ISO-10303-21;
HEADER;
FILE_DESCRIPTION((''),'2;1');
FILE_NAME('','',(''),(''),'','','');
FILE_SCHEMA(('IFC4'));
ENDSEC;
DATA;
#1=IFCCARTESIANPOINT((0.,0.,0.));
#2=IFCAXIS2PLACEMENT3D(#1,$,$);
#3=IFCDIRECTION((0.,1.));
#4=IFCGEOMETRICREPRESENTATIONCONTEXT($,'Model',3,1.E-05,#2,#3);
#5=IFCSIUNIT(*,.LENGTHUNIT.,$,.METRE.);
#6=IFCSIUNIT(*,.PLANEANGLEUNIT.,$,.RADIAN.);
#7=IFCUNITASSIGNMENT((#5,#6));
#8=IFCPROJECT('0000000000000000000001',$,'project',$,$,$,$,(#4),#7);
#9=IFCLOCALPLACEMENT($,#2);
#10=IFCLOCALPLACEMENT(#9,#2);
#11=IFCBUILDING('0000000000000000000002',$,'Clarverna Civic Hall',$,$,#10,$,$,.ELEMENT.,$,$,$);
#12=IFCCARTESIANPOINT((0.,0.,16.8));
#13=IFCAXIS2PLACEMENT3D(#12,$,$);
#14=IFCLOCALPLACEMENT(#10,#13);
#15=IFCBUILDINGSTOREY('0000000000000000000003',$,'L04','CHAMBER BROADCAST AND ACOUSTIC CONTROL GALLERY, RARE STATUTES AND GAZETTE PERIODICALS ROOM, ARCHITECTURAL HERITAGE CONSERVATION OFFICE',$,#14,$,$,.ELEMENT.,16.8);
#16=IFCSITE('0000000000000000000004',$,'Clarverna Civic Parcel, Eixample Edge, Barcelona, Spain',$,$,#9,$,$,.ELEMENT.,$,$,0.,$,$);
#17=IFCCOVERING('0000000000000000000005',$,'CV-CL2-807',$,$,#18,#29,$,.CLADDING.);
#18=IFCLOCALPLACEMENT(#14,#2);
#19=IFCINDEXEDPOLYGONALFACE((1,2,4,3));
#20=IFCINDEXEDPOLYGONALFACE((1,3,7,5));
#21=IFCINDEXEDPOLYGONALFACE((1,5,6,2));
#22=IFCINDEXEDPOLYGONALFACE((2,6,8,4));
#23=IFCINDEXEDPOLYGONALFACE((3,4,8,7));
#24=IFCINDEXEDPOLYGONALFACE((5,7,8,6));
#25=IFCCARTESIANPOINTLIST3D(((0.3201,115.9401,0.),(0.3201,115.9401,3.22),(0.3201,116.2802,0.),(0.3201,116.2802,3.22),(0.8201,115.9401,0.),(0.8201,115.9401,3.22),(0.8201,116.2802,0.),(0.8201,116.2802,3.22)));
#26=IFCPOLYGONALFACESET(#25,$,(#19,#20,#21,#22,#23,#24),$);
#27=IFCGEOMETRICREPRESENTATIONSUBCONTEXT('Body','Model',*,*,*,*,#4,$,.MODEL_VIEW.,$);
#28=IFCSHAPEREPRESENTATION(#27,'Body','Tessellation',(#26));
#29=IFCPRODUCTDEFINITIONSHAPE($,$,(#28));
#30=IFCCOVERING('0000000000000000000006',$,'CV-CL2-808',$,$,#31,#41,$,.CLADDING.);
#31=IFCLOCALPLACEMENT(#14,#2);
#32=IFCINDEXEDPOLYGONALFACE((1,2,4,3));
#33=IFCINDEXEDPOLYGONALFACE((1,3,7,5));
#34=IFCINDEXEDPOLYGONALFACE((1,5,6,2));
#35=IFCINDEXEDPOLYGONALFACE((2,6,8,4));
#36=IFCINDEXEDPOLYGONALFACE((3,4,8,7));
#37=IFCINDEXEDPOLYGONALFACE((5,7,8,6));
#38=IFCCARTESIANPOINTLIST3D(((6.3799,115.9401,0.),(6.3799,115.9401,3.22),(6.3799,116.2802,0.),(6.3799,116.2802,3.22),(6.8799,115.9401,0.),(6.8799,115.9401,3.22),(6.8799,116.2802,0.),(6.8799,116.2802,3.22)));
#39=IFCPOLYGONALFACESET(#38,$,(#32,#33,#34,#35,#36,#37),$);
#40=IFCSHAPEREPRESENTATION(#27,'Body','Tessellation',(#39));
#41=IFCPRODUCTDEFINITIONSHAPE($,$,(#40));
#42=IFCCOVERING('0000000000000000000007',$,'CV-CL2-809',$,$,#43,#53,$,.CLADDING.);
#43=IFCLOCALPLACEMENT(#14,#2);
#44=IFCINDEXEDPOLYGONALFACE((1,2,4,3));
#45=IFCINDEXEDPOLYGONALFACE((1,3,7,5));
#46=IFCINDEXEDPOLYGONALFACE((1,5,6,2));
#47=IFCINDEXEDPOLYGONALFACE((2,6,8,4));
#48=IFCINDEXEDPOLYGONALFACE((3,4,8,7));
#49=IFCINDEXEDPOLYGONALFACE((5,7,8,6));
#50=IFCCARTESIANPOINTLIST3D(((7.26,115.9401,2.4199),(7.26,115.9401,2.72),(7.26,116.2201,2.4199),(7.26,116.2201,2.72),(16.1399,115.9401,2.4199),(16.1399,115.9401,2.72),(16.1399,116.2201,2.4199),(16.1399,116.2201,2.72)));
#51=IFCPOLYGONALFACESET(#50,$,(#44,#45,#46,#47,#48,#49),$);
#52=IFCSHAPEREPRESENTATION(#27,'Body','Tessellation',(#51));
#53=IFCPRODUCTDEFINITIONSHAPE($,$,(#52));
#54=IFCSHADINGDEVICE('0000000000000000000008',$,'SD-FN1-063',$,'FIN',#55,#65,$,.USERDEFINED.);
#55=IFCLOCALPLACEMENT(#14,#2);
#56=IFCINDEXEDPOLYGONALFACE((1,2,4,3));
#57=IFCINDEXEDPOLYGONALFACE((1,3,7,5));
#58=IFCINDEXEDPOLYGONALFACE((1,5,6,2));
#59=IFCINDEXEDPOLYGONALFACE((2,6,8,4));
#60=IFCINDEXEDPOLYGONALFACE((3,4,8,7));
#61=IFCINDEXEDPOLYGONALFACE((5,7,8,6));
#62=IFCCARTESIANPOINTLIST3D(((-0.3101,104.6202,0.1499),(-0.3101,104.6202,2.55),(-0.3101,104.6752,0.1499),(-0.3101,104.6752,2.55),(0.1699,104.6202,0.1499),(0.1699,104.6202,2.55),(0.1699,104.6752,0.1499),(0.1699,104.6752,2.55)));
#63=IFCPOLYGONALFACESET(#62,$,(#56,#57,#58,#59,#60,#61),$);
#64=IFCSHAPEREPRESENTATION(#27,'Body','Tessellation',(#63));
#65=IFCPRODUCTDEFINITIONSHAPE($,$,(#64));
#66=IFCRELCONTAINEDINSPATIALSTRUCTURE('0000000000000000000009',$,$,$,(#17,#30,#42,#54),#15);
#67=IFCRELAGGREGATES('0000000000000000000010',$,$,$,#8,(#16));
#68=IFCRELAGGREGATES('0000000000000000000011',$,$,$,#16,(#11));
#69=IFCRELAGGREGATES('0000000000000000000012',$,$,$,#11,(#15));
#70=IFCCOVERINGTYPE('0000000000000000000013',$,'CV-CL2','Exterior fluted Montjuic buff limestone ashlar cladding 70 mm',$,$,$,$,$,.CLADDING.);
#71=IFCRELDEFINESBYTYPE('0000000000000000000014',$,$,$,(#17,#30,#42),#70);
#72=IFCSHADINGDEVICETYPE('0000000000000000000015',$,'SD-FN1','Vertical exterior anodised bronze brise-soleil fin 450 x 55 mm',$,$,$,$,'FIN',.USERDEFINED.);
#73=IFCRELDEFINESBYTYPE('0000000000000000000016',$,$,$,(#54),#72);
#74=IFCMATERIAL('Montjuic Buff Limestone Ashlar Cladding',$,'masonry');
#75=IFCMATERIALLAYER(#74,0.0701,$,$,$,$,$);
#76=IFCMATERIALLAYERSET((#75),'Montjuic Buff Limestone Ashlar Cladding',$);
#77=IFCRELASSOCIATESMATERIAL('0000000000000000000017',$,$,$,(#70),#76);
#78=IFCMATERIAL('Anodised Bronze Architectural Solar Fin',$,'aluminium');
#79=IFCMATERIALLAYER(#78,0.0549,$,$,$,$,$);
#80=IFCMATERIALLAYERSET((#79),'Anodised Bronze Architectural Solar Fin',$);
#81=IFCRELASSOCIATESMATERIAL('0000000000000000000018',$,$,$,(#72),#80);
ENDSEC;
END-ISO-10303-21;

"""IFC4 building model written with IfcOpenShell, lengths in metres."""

from ifc_helpers import new_model, si_unit, direction, frame, frame_2d, origin, place, context, subcontext, project, spatial, rectangle, extrude, material, layer, layer_set, type_object, element, save


model = new_model("IFC4")

# Units and contexts
model_context = context("Model", 3, precision=1e-05, world=origin(), true_north=direction((0.0, 1.0)))
body_context = subcontext(model_context, "Body", "Model", "MODEL_VIEW")
ifc_project = project(units=[si_unit("LENGTHUNIT", "METRE"), si_unit("PLANEANGLEUNIT", "RADIAN")], contexts=[model_context])

# Site, building, storey
site_placement = place(None, origin())
site = spatial("IfcSite", under=ifc_project, at=site_placement, Name="Clarverna Civic Parcel, Eixample Edge, Barcelona, Spain", CompositionType="ELEMENT", RefElevation=0.0)
building_placement = place(site_placement, origin())
building = spatial("IfcBuilding", under=site, at=building_placement, Name="Clarverna Civic Hall", CompositionType="ELEMENT")
storey_placement = place(building_placement, frame((0.0, 0.0, 16.8)))
storey = spatial("IfcBuildingStorey", under=building, at=storey_placement, Name="L04", Description="CHAMBER BROADCAST AND ACOUSTIC CONTROL GALLERY, RARE STATUTES AND GAZETTE PERIODICALS ROOM, ARCHITECTURAL HERITAGE CONSERVATION OFFICE", CompositionType="ELEMENT", Elevation=16.8)

# Coverings
ifc_material_1 = material(Name="Montjuic Buff Limestone Ashlar Cladding", Category="masonry")
ifc_layer_1 = layer(ifc_material_1, 0.0701)
ifc_layer_set_1 = layer_set([ifc_layer_1], Name="Montjuic Buff Limestone Ashlar Cladding")
covering_type = type_object("IfcCoveringType", Name="CV-CL2", Description="Exterior fluted Montjuic buff limestone ashlar cladding 70 mm", PredefinedType="CLADDING", material=ifc_layer_set_1)
for number, where, z_axis, x_axis, name in (
    (1, (0.3201, 116.1101, 0.0), (0.0, 0.0, 1.0), (1.0, 0.0, 0.0), "CV-CL2-807"),
    (2, (6.3799, 116.1101, 0.0), (0.0, 0.0, 1.0), (1.0, 0.0, 0.0), "CV-CL2-808"),
):
    element("IfcCovering", number, at=place(storey_placement, frame(where, z_axis=z_axis, x_axis=x_axis)), inside=storey, type_object=covering_type, Name=name, PredefinedType="CLADDING", context=body_context, shape_type="SweptSolid", body=[
        extrude(rectangle(XDim=0.5, YDim=0.3401, at=frame_2d((0.25, 0.0))), origin(), (0.0, 0.0, 1.0), 3.22),
    ])
covering_placement = place(storey_placement, frame((7.26, 116.0801, 2.4199), z_axis=(0.0, 0.0, 1.0), x_axis=(1.0, 0.0, 0.0)))
element("IfcCovering", 3, at=covering_placement, inside=storey, type_object=covering_type, Name="CV-CL2-809", PredefinedType="CLADDING", context=body_context, shape_type="SweptSolid", body=[
    extrude(rectangle(XDim=8.8799, YDim=0.28, at=frame_2d((4.4399, 0.0))), origin(), (0.0, 0.0, 1.0), 0.3),
])

# Shading device
ifc_material_2 = material(Name="Anodised Bronze Architectural Solar Fin", Category="aluminium")
ifc_layer_2 = layer(ifc_material_2, 0.0549)
ifc_layer_set_2 = layer_set([ifc_layer_2], Name="Anodised Bronze Architectural Solar Fin")
shading_device_type = type_object("IfcShadingDeviceType", Name="SD-FN1", Description="Vertical exterior anodised bronze brise-soleil fin 450 x 55 mm", ElementType="FIN", PredefinedType="USERDEFINED", material=ifc_layer_set_2)
shading_device_placement = place(storey_placement, frame((0.1699, 104.6477, 0.1499), z_axis=(0.0, 0.0, 1.0), x_axis=(-1.0, 0.0, 0.0)))
element("IfcShadingDevice", 4, at=shading_device_placement, inside=storey, type_object=shading_device_type, Name="SD-FN1-063", ObjectType="FIN", PredefinedType="USERDEFINED", context=body_context, shape_type="SweptSolid", body=[
    extrude(rectangle(XDim=0.48, YDim=0.0549, at=frame_2d((0.24, 0.0))), origin(), (0.0, 0.0, 1.0), 2.4001),
])

save(model, "model.ifc")
